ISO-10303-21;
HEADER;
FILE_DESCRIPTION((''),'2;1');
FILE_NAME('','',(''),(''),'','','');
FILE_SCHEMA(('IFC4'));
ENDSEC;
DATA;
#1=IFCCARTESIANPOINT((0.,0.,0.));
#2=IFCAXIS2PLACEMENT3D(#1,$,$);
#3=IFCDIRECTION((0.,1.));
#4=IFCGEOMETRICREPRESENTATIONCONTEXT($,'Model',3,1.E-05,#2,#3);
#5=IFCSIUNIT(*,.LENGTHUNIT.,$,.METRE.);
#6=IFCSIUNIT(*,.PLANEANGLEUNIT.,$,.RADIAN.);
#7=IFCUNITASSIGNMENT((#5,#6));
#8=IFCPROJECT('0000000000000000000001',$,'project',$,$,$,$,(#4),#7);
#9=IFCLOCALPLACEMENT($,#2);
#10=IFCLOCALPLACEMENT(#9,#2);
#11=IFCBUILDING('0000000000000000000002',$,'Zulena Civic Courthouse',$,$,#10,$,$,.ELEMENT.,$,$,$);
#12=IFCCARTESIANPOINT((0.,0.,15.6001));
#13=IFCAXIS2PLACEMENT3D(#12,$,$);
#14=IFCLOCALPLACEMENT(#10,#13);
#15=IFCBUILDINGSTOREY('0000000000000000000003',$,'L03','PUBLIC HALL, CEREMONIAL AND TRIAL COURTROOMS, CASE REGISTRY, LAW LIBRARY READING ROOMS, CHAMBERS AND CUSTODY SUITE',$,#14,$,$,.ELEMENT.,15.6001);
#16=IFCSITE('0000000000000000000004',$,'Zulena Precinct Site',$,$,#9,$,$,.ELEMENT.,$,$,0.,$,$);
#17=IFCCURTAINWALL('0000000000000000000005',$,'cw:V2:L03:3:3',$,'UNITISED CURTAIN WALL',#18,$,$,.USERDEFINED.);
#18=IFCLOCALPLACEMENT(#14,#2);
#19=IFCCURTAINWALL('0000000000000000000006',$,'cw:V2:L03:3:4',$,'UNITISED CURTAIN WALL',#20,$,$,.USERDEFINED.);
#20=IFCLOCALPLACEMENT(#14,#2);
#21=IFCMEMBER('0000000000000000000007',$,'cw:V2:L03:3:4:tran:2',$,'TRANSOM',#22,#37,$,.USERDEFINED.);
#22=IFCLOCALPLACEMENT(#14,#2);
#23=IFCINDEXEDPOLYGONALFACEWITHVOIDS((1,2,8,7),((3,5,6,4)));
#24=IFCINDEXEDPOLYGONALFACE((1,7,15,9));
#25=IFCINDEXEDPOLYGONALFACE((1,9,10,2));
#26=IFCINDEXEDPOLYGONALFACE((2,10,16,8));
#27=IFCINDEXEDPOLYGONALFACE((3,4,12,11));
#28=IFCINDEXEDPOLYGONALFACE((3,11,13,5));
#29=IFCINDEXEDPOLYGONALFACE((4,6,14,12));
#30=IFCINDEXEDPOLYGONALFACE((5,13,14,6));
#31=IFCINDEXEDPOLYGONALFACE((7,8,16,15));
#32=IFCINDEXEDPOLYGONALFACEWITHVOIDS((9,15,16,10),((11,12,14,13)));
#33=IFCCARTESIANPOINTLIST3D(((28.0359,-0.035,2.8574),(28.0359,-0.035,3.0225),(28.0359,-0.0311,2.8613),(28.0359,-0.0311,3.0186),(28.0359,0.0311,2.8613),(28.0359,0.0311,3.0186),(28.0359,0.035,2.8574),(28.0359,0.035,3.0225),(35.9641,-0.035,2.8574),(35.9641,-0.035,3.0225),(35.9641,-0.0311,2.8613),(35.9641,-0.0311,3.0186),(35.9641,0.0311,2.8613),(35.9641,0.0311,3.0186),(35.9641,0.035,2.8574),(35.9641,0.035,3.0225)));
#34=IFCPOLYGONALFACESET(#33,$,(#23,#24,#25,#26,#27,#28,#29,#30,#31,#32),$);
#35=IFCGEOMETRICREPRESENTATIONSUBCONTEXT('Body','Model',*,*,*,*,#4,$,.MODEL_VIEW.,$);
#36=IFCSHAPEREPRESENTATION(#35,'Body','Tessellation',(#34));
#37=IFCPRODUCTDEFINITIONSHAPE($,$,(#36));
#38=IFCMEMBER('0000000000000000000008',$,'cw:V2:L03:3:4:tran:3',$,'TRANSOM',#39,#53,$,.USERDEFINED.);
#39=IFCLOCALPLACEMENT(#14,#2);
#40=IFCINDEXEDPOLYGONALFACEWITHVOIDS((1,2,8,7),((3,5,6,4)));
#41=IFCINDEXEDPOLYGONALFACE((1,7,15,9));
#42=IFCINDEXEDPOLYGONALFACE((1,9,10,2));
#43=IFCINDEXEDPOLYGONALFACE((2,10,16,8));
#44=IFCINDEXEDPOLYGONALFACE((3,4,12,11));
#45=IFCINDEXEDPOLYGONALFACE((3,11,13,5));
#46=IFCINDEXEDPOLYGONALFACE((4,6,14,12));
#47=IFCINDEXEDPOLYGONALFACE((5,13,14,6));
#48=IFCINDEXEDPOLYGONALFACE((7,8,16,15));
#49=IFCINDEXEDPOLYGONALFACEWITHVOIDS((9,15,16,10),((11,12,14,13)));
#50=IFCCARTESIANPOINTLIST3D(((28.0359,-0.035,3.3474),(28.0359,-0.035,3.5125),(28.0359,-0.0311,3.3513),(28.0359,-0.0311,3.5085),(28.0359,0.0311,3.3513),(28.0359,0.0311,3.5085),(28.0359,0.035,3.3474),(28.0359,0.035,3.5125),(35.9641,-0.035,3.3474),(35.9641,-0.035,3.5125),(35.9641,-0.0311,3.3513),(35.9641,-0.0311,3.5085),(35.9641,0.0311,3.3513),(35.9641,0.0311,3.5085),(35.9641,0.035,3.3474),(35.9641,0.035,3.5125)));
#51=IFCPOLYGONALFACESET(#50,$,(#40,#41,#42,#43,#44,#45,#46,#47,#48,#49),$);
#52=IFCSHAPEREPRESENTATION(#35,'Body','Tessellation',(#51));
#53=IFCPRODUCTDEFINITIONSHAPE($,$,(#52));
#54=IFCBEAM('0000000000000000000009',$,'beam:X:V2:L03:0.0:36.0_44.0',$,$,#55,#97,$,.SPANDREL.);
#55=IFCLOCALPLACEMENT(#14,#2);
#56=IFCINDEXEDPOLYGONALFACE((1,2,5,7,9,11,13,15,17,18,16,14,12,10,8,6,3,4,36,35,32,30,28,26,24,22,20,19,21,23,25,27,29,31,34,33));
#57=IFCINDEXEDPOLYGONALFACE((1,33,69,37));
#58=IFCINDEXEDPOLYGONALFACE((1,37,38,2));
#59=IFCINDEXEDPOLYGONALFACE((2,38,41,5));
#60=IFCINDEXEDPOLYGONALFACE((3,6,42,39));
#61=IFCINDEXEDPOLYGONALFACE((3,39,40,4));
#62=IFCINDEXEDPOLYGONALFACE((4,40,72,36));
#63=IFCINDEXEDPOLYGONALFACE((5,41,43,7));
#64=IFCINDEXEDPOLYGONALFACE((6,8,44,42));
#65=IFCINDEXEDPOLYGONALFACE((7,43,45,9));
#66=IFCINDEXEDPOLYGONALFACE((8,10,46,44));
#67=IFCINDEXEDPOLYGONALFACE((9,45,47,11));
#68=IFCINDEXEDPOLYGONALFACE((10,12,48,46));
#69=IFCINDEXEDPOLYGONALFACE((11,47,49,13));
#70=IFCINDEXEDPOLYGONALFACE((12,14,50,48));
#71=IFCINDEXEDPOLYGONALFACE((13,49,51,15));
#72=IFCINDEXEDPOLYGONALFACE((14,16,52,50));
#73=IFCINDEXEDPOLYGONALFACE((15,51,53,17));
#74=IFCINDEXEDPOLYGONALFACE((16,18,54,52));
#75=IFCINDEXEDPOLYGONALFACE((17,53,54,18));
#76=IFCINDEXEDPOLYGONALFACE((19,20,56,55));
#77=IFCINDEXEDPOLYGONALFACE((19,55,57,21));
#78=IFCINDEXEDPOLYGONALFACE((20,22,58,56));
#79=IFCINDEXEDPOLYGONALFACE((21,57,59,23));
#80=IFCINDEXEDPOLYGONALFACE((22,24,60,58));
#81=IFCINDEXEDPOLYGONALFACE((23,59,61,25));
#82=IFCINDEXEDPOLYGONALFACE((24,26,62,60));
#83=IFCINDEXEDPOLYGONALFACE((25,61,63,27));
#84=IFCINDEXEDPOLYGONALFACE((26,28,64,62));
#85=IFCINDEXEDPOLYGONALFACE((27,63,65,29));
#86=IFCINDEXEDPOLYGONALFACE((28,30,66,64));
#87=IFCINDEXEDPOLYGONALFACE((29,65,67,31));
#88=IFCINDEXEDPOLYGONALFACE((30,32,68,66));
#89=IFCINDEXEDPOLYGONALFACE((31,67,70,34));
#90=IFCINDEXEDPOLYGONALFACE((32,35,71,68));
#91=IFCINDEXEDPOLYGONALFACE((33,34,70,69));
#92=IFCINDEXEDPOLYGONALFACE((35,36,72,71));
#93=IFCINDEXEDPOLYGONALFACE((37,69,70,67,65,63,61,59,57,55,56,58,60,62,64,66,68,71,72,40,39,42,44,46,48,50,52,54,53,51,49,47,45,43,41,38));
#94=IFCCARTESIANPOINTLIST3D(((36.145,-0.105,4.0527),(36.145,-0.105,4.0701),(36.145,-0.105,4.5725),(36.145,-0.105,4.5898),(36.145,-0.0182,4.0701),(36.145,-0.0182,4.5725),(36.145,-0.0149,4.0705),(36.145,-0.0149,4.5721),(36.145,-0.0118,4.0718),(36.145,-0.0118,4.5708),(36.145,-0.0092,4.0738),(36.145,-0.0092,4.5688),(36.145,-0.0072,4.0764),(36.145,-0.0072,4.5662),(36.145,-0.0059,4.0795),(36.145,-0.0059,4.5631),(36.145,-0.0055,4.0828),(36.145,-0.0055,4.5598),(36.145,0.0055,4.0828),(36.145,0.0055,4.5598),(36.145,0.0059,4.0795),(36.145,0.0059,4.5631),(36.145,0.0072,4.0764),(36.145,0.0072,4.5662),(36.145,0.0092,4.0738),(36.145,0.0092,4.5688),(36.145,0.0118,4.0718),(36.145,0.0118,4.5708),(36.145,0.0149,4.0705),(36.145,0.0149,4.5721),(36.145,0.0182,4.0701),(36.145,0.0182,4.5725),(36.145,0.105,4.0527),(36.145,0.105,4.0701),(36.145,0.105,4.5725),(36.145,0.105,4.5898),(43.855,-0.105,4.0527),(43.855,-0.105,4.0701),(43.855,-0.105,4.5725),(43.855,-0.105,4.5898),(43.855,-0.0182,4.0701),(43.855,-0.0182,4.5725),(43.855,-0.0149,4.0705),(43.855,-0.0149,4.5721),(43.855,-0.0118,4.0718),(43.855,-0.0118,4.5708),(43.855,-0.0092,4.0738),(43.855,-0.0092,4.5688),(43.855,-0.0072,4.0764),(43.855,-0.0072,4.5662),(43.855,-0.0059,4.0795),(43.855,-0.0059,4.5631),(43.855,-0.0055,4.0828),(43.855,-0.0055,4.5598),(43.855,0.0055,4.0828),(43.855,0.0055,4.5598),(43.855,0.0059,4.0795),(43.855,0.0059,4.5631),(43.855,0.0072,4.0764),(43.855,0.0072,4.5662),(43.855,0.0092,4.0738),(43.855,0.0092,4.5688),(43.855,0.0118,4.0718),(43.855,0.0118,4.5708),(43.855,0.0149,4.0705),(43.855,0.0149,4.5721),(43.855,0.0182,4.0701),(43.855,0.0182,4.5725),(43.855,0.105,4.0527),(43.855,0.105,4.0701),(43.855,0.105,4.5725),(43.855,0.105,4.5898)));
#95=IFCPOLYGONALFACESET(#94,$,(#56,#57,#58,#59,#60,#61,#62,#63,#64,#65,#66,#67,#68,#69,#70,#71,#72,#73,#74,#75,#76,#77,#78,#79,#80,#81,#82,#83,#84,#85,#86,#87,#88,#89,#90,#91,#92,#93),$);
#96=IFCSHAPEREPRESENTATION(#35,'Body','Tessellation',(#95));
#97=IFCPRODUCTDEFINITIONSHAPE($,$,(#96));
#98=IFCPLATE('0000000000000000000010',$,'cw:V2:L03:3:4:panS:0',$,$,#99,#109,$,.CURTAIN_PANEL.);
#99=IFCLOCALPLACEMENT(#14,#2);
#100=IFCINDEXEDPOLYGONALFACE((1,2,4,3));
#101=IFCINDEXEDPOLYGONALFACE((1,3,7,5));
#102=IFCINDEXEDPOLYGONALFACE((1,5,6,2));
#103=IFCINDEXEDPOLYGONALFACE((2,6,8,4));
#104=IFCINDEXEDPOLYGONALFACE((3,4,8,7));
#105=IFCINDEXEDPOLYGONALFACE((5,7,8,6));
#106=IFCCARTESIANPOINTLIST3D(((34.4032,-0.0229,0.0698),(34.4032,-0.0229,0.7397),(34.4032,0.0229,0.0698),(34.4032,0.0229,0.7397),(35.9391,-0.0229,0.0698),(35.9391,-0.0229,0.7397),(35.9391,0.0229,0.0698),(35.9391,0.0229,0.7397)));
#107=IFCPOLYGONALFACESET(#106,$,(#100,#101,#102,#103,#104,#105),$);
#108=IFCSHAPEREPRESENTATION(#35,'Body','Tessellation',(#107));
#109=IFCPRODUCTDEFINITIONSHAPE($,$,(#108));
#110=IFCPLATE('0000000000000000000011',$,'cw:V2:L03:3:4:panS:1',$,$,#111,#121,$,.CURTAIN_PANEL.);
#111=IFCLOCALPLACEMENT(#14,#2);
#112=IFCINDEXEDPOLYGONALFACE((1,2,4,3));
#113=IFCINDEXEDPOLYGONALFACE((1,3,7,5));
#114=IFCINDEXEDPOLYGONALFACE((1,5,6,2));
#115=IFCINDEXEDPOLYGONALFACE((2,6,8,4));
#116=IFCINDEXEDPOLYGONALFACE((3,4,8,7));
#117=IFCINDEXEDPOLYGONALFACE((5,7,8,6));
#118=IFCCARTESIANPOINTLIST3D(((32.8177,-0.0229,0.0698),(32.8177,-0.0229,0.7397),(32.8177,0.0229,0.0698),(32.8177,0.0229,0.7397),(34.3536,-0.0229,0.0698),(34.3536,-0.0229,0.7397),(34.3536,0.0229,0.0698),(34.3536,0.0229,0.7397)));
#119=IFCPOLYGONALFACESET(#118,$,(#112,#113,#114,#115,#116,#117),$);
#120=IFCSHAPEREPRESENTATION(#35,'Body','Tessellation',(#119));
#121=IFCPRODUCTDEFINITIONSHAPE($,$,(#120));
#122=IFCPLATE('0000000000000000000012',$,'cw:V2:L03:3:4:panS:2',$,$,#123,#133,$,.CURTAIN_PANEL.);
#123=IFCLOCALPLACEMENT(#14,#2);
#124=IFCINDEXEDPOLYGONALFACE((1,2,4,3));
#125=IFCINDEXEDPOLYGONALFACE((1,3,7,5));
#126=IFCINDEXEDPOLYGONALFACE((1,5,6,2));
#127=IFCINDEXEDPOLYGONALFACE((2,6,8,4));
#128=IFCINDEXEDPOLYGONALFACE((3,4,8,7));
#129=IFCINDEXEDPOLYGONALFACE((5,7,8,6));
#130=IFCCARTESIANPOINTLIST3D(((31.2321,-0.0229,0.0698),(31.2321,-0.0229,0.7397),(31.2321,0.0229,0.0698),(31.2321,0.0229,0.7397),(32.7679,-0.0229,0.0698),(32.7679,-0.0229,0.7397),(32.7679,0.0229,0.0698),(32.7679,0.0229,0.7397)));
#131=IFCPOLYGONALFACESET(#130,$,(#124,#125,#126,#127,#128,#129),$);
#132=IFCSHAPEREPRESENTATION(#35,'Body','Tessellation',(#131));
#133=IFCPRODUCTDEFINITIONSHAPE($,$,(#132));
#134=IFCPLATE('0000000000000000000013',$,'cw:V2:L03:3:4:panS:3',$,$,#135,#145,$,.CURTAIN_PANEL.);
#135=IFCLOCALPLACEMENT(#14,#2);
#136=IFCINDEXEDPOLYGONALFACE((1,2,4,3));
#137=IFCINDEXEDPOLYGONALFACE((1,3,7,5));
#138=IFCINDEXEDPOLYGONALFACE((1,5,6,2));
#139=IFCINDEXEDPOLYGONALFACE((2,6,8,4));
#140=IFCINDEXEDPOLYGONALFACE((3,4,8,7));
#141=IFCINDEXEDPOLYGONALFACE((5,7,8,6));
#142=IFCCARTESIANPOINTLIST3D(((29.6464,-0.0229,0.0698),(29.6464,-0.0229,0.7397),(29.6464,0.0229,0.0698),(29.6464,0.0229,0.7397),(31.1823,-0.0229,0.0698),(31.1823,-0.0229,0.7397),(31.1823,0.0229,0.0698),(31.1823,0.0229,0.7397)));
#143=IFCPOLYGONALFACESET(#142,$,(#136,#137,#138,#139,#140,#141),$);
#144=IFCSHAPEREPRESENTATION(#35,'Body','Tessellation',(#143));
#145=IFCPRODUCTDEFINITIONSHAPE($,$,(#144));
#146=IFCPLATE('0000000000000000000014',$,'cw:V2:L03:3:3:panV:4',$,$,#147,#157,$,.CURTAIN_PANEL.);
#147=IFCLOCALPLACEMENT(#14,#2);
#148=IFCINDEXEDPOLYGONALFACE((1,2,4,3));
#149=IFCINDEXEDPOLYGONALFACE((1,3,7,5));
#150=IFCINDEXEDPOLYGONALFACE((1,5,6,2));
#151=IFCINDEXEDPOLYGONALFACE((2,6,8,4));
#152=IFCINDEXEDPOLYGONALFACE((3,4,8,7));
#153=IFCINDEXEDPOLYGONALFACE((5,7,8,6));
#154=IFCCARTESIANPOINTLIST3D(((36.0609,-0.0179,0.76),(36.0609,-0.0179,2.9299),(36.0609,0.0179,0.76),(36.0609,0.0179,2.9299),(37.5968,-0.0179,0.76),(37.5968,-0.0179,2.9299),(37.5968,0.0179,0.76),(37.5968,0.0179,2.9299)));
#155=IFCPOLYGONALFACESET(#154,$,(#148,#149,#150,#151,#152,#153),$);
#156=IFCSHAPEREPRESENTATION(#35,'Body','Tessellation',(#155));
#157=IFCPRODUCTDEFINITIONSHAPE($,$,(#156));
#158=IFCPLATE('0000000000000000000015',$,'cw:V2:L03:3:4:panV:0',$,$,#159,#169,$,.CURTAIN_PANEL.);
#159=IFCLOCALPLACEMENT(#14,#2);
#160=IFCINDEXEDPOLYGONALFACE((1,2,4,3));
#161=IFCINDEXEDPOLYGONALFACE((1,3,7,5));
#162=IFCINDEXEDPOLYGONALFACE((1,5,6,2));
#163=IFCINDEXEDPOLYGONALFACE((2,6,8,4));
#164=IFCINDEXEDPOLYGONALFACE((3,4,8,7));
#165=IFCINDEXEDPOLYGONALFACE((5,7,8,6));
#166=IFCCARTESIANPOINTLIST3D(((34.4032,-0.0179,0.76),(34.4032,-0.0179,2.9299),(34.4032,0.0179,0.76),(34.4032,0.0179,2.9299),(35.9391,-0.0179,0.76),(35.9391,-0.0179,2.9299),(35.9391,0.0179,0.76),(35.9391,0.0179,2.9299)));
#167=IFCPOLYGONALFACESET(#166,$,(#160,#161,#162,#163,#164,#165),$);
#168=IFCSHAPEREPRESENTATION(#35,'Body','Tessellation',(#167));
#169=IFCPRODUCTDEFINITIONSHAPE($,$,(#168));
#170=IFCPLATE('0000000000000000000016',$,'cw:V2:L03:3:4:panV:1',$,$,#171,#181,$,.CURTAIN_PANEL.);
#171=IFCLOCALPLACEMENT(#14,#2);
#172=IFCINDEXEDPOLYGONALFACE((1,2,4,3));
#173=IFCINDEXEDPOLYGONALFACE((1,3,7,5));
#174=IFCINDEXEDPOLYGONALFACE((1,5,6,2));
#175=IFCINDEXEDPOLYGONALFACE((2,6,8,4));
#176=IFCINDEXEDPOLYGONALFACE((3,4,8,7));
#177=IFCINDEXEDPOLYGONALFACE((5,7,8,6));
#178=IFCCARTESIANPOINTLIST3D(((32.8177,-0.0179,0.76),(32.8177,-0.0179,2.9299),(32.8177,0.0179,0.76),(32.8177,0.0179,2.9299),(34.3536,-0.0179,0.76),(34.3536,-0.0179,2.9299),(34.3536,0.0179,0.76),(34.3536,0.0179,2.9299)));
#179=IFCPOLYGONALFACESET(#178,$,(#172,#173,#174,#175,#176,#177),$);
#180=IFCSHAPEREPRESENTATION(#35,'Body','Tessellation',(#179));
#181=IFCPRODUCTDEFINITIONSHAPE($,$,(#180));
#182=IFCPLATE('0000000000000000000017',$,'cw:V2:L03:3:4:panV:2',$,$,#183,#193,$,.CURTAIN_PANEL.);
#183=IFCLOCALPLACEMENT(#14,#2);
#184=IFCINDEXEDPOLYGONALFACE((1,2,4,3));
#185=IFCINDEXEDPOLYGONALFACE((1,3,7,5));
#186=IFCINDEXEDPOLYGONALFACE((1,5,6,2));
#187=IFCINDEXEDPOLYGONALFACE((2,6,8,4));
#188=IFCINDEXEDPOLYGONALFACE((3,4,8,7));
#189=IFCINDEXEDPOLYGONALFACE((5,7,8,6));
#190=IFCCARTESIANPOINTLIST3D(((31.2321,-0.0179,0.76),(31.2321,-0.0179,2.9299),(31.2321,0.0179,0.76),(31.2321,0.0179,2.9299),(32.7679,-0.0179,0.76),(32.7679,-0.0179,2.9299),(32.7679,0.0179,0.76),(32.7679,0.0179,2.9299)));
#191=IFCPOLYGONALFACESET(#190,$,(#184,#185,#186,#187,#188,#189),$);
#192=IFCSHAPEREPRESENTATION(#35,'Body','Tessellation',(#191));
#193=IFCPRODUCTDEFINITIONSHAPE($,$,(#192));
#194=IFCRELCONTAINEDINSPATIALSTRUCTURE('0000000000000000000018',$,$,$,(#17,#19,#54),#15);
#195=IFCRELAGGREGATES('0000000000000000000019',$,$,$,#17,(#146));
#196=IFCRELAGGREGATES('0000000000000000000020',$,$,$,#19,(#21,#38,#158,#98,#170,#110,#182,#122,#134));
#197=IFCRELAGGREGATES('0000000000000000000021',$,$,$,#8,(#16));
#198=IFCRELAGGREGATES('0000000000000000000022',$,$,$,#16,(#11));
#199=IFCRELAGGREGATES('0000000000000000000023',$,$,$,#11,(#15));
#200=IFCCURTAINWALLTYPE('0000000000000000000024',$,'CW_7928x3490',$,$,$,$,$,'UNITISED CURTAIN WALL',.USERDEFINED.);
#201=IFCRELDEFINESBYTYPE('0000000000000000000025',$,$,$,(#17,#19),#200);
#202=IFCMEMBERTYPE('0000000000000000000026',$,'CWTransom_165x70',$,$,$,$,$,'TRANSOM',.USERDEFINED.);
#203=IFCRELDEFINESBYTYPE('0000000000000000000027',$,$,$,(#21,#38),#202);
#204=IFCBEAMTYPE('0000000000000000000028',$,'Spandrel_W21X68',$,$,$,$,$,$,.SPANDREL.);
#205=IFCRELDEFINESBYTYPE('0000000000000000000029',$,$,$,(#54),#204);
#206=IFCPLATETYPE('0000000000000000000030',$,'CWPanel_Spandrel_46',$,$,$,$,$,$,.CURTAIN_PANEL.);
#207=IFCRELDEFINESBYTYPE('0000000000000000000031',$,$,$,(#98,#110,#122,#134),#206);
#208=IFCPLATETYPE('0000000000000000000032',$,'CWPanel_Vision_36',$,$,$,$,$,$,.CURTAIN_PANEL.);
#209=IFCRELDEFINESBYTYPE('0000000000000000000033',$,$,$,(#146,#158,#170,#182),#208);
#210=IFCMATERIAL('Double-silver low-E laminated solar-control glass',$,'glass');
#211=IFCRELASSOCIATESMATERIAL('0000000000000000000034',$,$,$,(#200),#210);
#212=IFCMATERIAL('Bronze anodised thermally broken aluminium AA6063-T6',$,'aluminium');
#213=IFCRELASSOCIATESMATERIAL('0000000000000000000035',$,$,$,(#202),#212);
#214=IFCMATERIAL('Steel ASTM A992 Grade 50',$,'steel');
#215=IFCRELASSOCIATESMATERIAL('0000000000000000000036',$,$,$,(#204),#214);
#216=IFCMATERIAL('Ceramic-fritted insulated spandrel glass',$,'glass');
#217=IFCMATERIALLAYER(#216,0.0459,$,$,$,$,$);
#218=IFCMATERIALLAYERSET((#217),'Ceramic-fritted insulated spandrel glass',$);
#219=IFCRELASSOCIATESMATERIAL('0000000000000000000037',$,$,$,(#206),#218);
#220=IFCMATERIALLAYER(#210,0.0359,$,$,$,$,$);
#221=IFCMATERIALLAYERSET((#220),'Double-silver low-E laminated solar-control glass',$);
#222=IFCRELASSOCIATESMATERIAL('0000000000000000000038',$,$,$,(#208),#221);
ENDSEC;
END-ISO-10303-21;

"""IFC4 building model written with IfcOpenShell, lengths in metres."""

from ifc_helpers import new_model, si_unit, direction, frame, origin, origin_2d, place, context, subcontext, project, spatial, rectangle, hollow_rectangle, i_section, extrude, material, layer, layer_set, material_profile, profile_set, type_object, element, aggregate, save


model = new_model("IFC4")

# Units and contexts
model_context = context("Model", 3, precision=1e-05, world=origin(), true_north=direction((0.0, 1.0)))
body_context = subcontext(model_context, "Body", "Model", "MODEL_VIEW")
ifc_project = project(units=[si_unit("LENGTHUNIT", "METRE"), si_unit("PLANEANGLEUNIT", "RADIAN")], contexts=[model_context])

# Site, building, storey
site_placement = place(None, origin())
site = spatial("IfcSite", under=ifc_project, at=site_placement, Name="Zulena Precinct Site", CompositionType="ELEMENT", RefElevation=0.0)
building_placement = place(site_placement, origin())
building = spatial("IfcBuilding", under=site, at=building_placement, Name="Zulena Civic Courthouse", CompositionType="ELEMENT")
storey_placement = place(building_placement, frame((0.0, 0.0, 15.6001)))
storey = spatial("IfcBuildingStorey", under=building, at=storey_placement, Name="L03", Description="PUBLIC HALL, CEREMONIAL AND TRIAL COURTROOMS, CASE REGISTRY, LAW LIBRARY READING ROOMS, CHAMBERS AND CUSTODY SUITE", CompositionType="ELEMENT", Elevation=15.6001)

# Shared definitions
ifc_material_1 = material(Name="Steel ASTM A992 Grade 50", Category="steel")

# Curtain wall
ifc_material_2 = material(Name="Double-silver low-E laminated solar-control glass", Category="glass")
curtain_wall_type = type_object("IfcCurtainWallType", Name="CW_7928x3490", ElementType="UNITISED CURTAIN WALL", PredefinedType="USERDEFINED", material=ifc_material_2)
curtain_wall_1_placement = place(storey_placement, origin())
curtain_wall_1 = element("IfcCurtainWall", 1, at=curtain_wall_1_placement, inside=storey, type_object=curtain_wall_type, Name="cw:V2:L03:3:3", ObjectType="UNITISED CURTAIN WALL", PredefinedType="USERDEFINED")
ifc_material_3 = material(Name="Bronze anodised thermally broken aluminium AA6063-T6", Category="aluminium")

# Curtain wall, members
curtain_wall_2_placement = place(storey_placement, origin())
curtain_wall_2 = element("IfcCurtainWall", 2, at=curtain_wall_2_placement, inside=storey, type_object=curtain_wall_type, Name="cw:V2:L03:3:4", ObjectType="UNITISED CURTAIN WALL", PredefinedType="USERDEFINED")
ifc_material_profile_1 = material_profile(ifc_material_3, hollow_rectangle(XDim=0.0701, YDim=0.165, WallThickness=0.0039, at=origin_2d()), Name="CWT165X70X4")
ifc_profile_set_1 = profile_set([ifc_material_profile_1], Name="Bronze anodised thermally broken aluminium AA6063-T6")
member_type_1 = type_object("IfcMemberType", Name="CWTransom_165x70", ElementType="TRANSOM", PredefinedType="USERDEFINED", material=ifc_profile_set_1)
member_1_placement = place(storey_placement, frame((35.9641, 0.0, 2.9399), z_axis=(-1.0, 0.0, 0.0), x_axis=(0.0, -1.0, 0.0)))
member_1 = element("IfcMember", 3, at=member_1_placement, type_object=member_type_1, Name="cw:V2:L03:3:4:tran:2", ObjectType="TRANSOM", PredefinedType="USERDEFINED", context=body_context, shape_type="SweptSolid", body=[
    extrude(hollow_rectangle(XDim=0.0701, YDim=0.165, WallThickness=0.0039, at=origin_2d()), origin(), (0.0, 0.0, 1.0), 7.9282),
])
member_2_placement = place(storey_placement, frame((35.9641, 0.0, 3.4299), z_axis=(-1.0, 0.0, 0.0), x_axis=(0.0, -1.0, 0.0)))
member_2 = element("IfcMember", 4, at=member_2_placement, type_object=member_type_1, Name="cw:V2:L03:3:4:tran:3", ObjectType="TRANSOM", PredefinedType="USERDEFINED", context=body_context, shape_type="SweptSolid", body=[
    extrude(hollow_rectangle(XDim=0.0701, YDim=0.165, WallThickness=0.0039, at=origin_2d()), origin(), (0.0, 0.0, 1.0), 7.9282),
])

# Beam
ifc_material_profile_2 = material_profile(ifc_material_1, i_section(OverallWidth=0.21, OverallDepth=0.5371, WebThickness=0.011, FlangeThickness=0.0173, FilletRadius=0.0127, at=origin_2d()), Name="W21X68")
ifc_profile_set_2 = profile_set([ifc_material_profile_2], Name="Steel ASTM A992 Grade 50")
beam_type = type_object("IfcBeamType", Name="Spandrel_W21X68", PredefinedType="SPANDREL", material=ifc_profile_set_2)
beam_placement = place(storey_placement, frame((36.145, 0.0, 4.3213), z_axis=(1.0, 0.0, 0.0), x_axis=(0.0, 1.0, 0.0)))
element("IfcBeam", 5, at=beam_placement, inside=storey, type_object=beam_type, Name="beam:X:V2:L03:0.0:36.0_44.0", PredefinedType="SPANDREL", context=body_context, shape_type="SweptSolid", body=[
    extrude(i_section(OverallWidth=0.21, OverallDepth=0.5371, WebThickness=0.011, FlangeThickness=0.0173, FilletRadius=0.0127, at=origin_2d()), origin(), (0.0, 0.0, 1.0), 7.71),
])

# Plates
ifc_material_4 = material(Name="Ceramic-fritted insulated spandrel glass", Category="glass")
ifc_layer_1 = layer(ifc_material_4, 0.0459)
ifc_layer_set_1 = layer_set([ifc_layer_1], Name="Ceramic-fritted insulated spandrel glass")
plate_type_1 = type_object("IfcPlateType", Name="CWPanel_Spandrel_46", PredefinedType="CURTAIN_PANEL", material=ifc_layer_set_1)
plate_1_placement = place(storey_placement, frame((35.1711, 0.0, 0.0698), z_axis=(0.0, 0.0, 1.0), x_axis=(-1.0, 0.0, 0.0)))
plate_1 = element("IfcPlate", 6, at=plate_1_placement, type_object=plate_type_1, Name="cw:V2:L03:3:4:panS:0", PredefinedType="CURTAIN_PANEL", context=body_context, shape_type="SweptSolid", body=[
    extrude(rectangle(XDim=1.5359, YDim=0.0459, at=origin_2d()), origin(), (0.0, 0.0, 1.0), 0.6699),
])
plate_2_placement = place(storey_placement, frame((33.5857, 0.0, 0.0698), z_axis=(0.0, 0.0, 1.0), x_axis=(-1.0, 0.0, 0.0)))
plate_2 = element("IfcPlate", 7, at=plate_2_placement, type_object=plate_type_1, Name="cw:V2:L03:3:4:panS:1", PredefinedType="CURTAIN_PANEL", context=body_context, shape_type="SweptSolid", body=[
    extrude(rectangle(XDim=1.5359, YDim=0.0459, at=origin_2d()), origin(), (0.0, 0.0, 1.0), 0.6699),
])
plate_3_placement = place(storey_placement, frame((32.0, 0.0, 0.0698), z_axis=(0.0, 0.0, 1.0), x_axis=(-1.0, 0.0, 0.0)))
plate_3 = element("IfcPlate", 8, at=plate_3_placement, type_object=plate_type_1, Name="cw:V2:L03:3:4:panS:2", PredefinedType="CURTAIN_PANEL", context=body_context, shape_type="SweptSolid", body=[
    extrude(rectangle(XDim=1.5359, YDim=0.0459, at=origin_2d()), origin(), (0.0, 0.0, 1.0), 0.6699),
])
plate_4_placement = place(storey_placement, frame((30.4143, 0.0, 0.0698), z_axis=(0.0, 0.0, 1.0), x_axis=(-1.0, 0.0, 0.0)))
plate_4 = element("IfcPlate", 9, at=plate_4_placement, type_object=plate_type_1, Name="cw:V2:L03:3:4:panS:3", PredefinedType="CURTAIN_PANEL", context=body_context, shape_type="SweptSolid", body=[
    extrude(rectangle(XDim=1.5359, YDim=0.0459, at=origin_2d()), origin(), (0.0, 0.0, 1.0), 0.6699),
])
ifc_layer_2 = layer(ifc_material_2, 0.0359)
ifc_layer_set_2 = layer_set([ifc_layer_2], Name="Double-silver low-E laminated solar-control glass")
plate_type_2 = type_object("IfcPlateType", Name="CWPanel_Vision_36", PredefinedType="CURTAIN_PANEL", material=ifc_layer_set_2)
plate_5_placement = place(storey_placement, frame((36.8289, 0.0, 0.76), z_axis=(0.0, 0.0, 1.0), x_axis=(-1.0, 0.0, 0.0)))
plate_5 = element("IfcPlate", 10, at=plate_5_placement, type_object=plate_type_2, Name="cw:V2:L03:3:3:panV:4", PredefinedType="CURTAIN_PANEL", context=body_context, shape_type="SweptSolid", body=[
    extrude(rectangle(XDim=1.5359, YDim=0.0359, at=origin_2d()), origin(), (0.0, 0.0, 1.0), 2.1699),
])
aggregate(curtain_wall_1, [plate_5])
plate_6_placement = place(storey_placement, frame((35.1711, 0.0, 0.76), z_axis=(0.0, 0.0, 1.0), x_axis=(-1.0, 0.0, 0.0)))
plate_6 = element("IfcPlate", 11, at=plate_6_placement, type_object=plate_type_2, Name="cw:V2:L03:3:4:panV:0", PredefinedType="CURTAIN_PANEL", context=body_context, shape_type="SweptSolid", body=[
    extrude(rectangle(XDim=1.5359, YDim=0.0359, at=origin_2d()), origin(), (0.0, 0.0, 1.0), 2.1699),
])
plate_7_placement = place(storey_placement, frame((33.5857, 0.0, 0.76), z_axis=(0.0, 0.0, 1.0), x_axis=(-1.0, 0.0, 0.0)))
plate_7 = element("IfcPlate", 12, at=plate_7_placement, type_object=plate_type_2, Name="cw:V2:L03:3:4:panV:1", PredefinedType="CURTAIN_PANEL", context=body_context, shape_type="SweptSolid", body=[
    extrude(rectangle(XDim=1.5359, YDim=0.0359, at=origin_2d()), origin(), (0.0, 0.0, 1.0), 2.1699),
])
plate_8_placement = place(storey_placement, frame((32.0, 0.0, 0.76), z_axis=(0.0, 0.0, 1.0), x_axis=(-1.0, 0.0, 0.0)))
plate_8 = element("IfcPlate", 13, at=plate_8_placement, type_object=plate_type_2, Name="cw:V2:L03:3:4:panV:2", PredefinedType="CURTAIN_PANEL", context=body_context, shape_type="SweptSolid", body=[
    extrude(rectangle(XDim=1.5359, YDim=0.0359, at=origin_2d()), origin(), (0.0, 0.0, 1.0), 2.1699),
])
aggregate(curtain_wall_2, [member_1, member_2, plate_6, plate_1, plate_7, plate_2, plate_8, plate_3, plate_4])

save(model, "model.ifc")
